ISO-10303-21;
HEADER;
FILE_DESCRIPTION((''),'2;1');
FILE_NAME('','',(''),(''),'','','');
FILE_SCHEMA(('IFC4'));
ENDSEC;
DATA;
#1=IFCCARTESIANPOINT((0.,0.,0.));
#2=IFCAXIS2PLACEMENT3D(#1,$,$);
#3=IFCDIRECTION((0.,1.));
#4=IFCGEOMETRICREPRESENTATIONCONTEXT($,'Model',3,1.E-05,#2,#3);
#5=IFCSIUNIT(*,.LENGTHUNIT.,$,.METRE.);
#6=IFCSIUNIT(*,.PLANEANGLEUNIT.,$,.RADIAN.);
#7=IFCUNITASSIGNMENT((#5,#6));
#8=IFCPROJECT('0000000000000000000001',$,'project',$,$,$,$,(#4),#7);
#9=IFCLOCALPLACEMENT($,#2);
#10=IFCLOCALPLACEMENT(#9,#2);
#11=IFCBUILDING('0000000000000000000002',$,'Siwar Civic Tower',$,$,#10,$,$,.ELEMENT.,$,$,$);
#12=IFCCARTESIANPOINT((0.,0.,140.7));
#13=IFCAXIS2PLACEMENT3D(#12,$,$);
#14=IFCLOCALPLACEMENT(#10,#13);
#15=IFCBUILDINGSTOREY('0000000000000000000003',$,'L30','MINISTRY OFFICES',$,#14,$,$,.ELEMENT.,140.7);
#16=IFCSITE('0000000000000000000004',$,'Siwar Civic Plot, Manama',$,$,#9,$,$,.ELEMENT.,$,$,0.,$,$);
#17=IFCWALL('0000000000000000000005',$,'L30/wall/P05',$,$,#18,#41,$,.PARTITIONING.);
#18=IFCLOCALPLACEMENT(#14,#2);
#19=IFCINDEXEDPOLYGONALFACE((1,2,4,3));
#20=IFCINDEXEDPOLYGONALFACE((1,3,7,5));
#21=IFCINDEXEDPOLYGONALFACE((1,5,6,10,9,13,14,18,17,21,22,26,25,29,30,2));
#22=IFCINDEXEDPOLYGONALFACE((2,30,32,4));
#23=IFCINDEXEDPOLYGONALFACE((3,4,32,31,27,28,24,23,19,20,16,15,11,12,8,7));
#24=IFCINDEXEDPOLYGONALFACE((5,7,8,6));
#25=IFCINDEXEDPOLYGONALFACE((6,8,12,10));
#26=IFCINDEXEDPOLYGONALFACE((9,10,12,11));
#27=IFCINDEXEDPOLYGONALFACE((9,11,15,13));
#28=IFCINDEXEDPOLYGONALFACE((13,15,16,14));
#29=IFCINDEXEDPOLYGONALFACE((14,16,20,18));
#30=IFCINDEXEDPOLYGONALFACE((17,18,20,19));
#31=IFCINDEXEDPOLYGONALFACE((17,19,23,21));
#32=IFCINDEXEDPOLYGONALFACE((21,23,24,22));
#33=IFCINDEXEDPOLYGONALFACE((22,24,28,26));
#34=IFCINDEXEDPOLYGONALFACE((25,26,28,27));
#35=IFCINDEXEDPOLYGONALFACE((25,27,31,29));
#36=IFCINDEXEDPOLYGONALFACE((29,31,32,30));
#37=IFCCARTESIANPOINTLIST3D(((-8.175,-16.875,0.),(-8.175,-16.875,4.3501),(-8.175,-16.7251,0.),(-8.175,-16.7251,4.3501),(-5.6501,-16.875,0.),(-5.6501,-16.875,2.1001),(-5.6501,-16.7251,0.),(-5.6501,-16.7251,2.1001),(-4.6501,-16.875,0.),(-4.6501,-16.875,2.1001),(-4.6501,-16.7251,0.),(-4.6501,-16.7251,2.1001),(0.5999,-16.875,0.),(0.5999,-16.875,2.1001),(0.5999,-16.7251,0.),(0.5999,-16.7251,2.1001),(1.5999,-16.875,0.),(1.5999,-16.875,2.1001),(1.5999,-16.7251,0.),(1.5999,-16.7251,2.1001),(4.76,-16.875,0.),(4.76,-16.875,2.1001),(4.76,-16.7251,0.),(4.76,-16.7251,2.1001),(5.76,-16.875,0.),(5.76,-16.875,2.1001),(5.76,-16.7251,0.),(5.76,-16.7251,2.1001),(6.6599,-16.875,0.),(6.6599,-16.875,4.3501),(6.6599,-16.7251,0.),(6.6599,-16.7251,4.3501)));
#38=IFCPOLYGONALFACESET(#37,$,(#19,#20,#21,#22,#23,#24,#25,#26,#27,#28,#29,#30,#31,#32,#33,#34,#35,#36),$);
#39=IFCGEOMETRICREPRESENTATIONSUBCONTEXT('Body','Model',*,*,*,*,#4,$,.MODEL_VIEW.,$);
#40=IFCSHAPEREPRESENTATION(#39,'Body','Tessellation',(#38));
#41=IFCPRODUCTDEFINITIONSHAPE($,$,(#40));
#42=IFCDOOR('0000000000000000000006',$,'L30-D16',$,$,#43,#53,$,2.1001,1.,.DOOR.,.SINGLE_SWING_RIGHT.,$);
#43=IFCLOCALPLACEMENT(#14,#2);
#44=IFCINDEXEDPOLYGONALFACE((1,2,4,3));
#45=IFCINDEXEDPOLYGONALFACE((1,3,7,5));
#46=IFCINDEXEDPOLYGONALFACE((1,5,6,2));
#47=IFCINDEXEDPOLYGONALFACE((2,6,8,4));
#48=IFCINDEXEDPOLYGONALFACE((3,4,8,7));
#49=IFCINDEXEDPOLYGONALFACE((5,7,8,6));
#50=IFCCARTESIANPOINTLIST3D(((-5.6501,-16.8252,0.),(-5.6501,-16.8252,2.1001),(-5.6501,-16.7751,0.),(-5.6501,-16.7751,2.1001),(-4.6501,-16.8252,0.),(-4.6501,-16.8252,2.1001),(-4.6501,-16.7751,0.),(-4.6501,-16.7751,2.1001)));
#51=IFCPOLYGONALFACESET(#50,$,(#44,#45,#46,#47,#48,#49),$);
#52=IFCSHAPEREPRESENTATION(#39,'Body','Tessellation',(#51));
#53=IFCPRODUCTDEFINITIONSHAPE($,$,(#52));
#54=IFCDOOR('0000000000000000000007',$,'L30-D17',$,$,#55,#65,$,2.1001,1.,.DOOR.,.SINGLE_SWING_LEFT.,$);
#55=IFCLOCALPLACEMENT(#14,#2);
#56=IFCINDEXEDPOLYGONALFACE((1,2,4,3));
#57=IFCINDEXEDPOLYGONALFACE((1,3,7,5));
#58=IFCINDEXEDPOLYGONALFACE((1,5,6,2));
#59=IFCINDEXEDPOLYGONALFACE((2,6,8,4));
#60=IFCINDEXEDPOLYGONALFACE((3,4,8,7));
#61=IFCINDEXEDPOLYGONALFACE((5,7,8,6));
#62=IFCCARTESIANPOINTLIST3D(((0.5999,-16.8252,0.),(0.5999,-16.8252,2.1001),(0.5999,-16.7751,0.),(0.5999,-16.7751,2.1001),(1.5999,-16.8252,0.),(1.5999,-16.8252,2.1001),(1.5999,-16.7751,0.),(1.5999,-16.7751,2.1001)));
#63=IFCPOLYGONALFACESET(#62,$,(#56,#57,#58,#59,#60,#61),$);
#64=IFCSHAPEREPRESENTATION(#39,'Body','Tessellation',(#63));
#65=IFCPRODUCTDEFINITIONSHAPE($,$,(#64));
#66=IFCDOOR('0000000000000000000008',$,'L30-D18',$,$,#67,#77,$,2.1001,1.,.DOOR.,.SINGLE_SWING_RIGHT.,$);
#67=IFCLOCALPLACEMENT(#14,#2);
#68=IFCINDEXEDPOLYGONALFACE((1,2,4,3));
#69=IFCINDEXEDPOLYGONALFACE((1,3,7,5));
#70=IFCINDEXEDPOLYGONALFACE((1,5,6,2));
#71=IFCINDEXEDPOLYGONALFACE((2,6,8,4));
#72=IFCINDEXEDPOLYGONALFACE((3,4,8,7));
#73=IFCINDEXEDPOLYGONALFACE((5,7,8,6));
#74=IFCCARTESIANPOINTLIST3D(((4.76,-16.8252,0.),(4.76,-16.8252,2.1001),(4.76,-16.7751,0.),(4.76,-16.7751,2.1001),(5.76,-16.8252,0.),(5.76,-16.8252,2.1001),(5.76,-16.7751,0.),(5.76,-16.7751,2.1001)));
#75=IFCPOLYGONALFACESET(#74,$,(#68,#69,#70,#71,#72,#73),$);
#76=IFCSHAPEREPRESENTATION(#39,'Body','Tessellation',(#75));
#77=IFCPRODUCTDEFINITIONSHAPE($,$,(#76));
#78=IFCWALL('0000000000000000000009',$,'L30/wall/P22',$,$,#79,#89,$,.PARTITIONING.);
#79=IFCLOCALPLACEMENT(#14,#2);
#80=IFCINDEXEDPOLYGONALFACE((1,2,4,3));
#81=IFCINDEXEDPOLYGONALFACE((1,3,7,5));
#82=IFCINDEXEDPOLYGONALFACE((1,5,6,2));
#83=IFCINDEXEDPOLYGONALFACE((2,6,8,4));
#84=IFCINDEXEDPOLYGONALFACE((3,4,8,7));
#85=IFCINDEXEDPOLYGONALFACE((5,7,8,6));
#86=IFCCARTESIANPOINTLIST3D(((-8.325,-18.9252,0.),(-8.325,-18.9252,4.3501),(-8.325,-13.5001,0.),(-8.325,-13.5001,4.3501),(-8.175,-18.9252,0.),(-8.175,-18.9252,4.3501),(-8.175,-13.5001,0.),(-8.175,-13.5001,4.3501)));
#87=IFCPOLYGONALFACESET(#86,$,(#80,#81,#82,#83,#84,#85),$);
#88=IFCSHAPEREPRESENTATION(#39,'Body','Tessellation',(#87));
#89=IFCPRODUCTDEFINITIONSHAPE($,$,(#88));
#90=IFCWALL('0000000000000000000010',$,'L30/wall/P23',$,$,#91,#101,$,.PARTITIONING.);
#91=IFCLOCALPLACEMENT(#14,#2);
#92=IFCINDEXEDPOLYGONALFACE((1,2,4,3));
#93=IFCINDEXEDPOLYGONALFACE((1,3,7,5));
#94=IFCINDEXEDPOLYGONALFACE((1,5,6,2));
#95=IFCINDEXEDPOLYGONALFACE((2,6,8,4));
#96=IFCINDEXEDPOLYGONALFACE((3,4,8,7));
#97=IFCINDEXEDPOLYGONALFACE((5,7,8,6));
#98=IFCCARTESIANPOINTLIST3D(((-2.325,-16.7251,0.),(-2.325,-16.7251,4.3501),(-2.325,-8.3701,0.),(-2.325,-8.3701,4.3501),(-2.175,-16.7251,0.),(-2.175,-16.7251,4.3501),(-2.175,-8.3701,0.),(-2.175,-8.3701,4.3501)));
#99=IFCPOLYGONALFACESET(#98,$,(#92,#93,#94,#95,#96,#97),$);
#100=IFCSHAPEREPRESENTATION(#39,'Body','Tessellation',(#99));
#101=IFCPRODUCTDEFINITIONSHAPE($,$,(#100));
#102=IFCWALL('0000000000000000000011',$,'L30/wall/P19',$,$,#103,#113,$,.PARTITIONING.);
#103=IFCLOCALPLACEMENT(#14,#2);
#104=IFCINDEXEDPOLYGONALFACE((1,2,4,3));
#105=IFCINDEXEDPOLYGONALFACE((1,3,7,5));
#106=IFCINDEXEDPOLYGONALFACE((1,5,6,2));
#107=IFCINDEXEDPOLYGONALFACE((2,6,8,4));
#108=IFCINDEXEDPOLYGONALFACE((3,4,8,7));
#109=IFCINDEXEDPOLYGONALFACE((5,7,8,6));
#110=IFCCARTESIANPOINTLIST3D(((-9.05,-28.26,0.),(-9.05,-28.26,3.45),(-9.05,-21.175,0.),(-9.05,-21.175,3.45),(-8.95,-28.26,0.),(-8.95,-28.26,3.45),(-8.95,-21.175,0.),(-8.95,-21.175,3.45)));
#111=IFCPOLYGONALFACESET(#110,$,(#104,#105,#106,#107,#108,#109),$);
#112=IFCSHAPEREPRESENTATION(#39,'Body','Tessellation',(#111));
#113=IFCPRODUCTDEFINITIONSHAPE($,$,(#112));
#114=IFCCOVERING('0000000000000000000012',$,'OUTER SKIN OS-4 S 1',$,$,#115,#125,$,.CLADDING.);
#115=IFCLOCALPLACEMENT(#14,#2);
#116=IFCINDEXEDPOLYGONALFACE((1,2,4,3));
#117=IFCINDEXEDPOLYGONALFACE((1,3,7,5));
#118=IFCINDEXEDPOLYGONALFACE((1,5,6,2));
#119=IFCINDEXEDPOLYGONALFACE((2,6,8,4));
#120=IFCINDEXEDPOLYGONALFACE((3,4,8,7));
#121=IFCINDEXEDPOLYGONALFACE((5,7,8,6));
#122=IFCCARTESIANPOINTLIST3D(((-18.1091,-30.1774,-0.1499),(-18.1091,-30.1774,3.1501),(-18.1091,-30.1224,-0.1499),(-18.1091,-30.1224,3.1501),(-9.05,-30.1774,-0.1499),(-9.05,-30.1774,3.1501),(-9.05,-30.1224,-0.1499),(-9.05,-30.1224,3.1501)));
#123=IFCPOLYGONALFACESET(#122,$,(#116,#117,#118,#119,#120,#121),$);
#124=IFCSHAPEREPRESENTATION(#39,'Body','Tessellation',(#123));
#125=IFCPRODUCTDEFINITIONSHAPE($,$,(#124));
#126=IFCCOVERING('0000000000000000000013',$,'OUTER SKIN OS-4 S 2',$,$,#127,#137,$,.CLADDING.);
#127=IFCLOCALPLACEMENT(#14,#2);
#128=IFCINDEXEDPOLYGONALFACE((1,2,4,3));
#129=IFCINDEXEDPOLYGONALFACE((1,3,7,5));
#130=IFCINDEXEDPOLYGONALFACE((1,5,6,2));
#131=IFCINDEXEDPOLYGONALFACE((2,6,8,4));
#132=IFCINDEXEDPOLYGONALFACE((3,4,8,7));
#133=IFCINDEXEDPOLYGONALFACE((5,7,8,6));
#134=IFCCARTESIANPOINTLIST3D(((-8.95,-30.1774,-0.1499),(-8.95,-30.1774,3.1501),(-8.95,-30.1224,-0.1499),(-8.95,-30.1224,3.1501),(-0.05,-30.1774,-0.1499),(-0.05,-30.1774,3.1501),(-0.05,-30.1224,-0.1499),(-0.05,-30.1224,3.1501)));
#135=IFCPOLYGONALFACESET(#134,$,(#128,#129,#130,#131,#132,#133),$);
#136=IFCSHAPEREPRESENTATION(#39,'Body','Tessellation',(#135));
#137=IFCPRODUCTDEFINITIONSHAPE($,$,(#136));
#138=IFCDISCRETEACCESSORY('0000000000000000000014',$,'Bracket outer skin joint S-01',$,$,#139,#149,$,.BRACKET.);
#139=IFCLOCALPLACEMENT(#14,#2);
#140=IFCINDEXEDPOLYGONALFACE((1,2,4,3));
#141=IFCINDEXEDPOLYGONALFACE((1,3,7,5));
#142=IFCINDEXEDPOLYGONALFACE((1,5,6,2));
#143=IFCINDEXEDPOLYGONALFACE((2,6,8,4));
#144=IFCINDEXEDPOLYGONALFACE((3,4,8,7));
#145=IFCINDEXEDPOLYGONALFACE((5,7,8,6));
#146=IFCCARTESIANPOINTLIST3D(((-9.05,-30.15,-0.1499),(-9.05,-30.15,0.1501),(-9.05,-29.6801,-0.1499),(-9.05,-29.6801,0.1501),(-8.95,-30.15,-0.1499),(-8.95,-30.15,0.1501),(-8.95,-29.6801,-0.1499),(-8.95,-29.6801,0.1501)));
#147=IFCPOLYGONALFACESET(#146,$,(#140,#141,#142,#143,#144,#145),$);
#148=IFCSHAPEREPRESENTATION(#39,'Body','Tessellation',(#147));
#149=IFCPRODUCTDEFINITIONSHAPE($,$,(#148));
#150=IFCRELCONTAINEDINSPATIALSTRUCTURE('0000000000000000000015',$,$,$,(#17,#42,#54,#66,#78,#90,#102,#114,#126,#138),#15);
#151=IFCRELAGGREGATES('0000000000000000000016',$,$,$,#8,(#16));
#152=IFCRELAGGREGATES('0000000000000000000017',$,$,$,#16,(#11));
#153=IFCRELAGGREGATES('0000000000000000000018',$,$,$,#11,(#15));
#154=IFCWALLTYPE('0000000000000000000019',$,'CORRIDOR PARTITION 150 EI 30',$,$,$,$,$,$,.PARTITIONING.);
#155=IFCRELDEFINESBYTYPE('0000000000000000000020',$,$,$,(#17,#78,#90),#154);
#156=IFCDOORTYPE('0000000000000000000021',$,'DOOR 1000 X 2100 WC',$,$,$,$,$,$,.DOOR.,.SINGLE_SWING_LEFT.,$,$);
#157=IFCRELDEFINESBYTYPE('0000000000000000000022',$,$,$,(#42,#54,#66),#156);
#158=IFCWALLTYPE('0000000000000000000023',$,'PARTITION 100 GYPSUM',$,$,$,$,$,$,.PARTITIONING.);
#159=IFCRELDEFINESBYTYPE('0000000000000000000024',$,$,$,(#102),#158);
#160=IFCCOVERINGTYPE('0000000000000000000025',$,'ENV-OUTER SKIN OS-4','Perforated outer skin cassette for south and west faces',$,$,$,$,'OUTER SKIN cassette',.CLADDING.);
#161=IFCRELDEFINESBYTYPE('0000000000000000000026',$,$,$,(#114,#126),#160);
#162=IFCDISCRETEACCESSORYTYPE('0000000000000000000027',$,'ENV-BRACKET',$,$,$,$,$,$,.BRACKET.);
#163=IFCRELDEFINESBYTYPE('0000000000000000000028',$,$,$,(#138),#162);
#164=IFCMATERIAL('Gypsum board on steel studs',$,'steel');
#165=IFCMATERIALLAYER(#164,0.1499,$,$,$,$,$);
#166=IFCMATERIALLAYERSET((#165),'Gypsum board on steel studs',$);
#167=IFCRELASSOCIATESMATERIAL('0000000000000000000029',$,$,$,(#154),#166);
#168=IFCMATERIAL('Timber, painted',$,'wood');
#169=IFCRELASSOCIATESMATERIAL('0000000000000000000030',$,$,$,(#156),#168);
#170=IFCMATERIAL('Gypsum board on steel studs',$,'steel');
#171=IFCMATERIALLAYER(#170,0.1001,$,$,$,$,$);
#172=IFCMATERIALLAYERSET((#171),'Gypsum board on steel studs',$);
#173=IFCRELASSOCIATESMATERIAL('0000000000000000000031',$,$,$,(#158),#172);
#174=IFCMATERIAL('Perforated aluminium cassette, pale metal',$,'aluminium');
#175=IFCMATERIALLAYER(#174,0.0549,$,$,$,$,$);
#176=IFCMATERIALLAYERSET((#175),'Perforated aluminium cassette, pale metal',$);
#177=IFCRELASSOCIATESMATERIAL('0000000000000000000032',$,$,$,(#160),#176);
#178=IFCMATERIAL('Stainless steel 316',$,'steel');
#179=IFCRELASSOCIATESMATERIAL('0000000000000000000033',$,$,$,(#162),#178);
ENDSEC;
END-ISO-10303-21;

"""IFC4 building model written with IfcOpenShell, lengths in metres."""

from ifc_helpers import new_model, si_unit, direction, frame, frame_2d, origin, origin_2d, place, context, subcontext, project, spatial, rectangle, extrude, material, layer, layer_set, type_object, element, fill, save


model = new_model("IFC4")

# Units and contexts
model_context = context("Model", 3, precision=1e-05, world=origin(), true_north=direction((0.0, 1.0)))
body_context = subcontext(model_context, "Body", "Model", "MODEL_VIEW")
ifc_project = project(units=[si_unit("LENGTHUNIT", "METRE"), si_unit("PLANEANGLEUNIT", "RADIAN")], contexts=[model_context])

# Site, building, storey
site_placement = place(None, origin())
site = spatial("IfcSite", under=ifc_project, at=site_placement, Name="Siwar Civic Plot, Manama", CompositionType="ELEMENT", RefElevation=0.0)
building_placement = place(site_placement, origin())
building = spatial("IfcBuilding", under=site, at=building_placement, Name="Siwar Civic Tower", CompositionType="ELEMENT")
storey_placement = place(building_placement, frame((0.0, 0.0, 140.7)))
storey = spatial("IfcBuildingStorey", under=building, at=storey_placement, Name="L30", Description="MINISTRY OFFICES", CompositionType="ELEMENT", Elevation=140.7)

# Wall, openings, doors
ifc_material_1 = material(Name="Gypsum board on steel studs", Category="steel")
ifc_layer_1 = layer(ifc_material_1, 0.1499)
ifc_layer_set_1 = layer_set([ifc_layer_1], Name="Gypsum board on steel studs")
wall_type_1 = type_object("IfcWallType", Name="CORRIDOR PARTITION 150 EI 30", PredefinedType="PARTITIONING", material=ifc_layer_set_1)
wall_1_placement = place(storey_placement, frame((-8.175, -16.8, 0.0), z_axis=(0.0, 0.0, 1.0), x_axis=(1.0, 0.0, 0.0)))
wall_1 = element("IfcWall", 1, at=wall_1_placement, inside=storey, type_object=wall_type_1, Name="L30/wall/P05", PredefinedType="PARTITIONING", context=body_context, shape_type="SweptSolid", body=[
    extrude(rectangle(XDim=14.835, YDim=0.1499, at=frame_2d((7.4175, 0.0))), origin(), (0.0, 0.0, 1.0), 4.3501),
])
opening_1_placement = place(wall_1_placement, frame((2.5249, 0.0, 0.0)))
opening_1 = element("IfcOpeningElement", 2, at=opening_1_placement, cuts=wall_1, PredefinedType="OPENING", context=body_context, shape_type="SweptSolid", body=[
    extrude(rectangle(XDim=1.0, YDim=2.1001, at=frame_2d((0.5, 1.05))), frame((0.0, 0.085, 0.0), z_axis=(0.0, -1.0, 0.0), x_axis=(1.0, 0.0, 0.0)), (0.0, 0.0, 1.0), 0.1699),
])
opening_2_placement = place(wall_1_placement, frame((8.7749, 0.0, 0.0)))
opening_2 = element("IfcOpeningElement", 3, at=opening_2_placement, cuts=wall_1, PredefinedType="OPENING", context=body_context, shape_type="SweptSolid", body=[
    extrude(rectangle(XDim=1.0, YDim=2.1001, at=frame_2d((0.5, 1.05))), frame((0.0, 0.085, 0.0), z_axis=(0.0, -1.0, 0.0), x_axis=(1.0, 0.0, 0.0)), (0.0, 0.0, 1.0), 0.1699),
])
opening_3_placement = place(wall_1_placement, frame((12.9351, 0.0, 0.0)))
opening_3 = element("IfcOpeningElement", 4, at=opening_3_placement, cuts=wall_1, PredefinedType="OPENING", context=body_context, shape_type="SweptSolid", body=[
    extrude(rectangle(XDim=1.0, YDim=2.1001, at=frame_2d((0.5, 1.05))), frame((0.0, 0.085, 0.0), z_axis=(0.0, -1.0, 0.0), x_axis=(1.0, 0.0, 0.0)), (0.0, 0.0, 1.0), 0.1699),
])
ifc_material_2 = material(Name="Timber, painted", Category="wood")
door_type = type_object("IfcDoorType", Name="DOOR 1000 X 2100 WC", OperationType="SINGLE_SWING_LEFT", PredefinedType="DOOR", material=ifc_material_2)
door_1_placement = place(opening_1_placement, origin())
door_1 = element("IfcDoor", 5, at=door_1_placement, inside=storey, type_object=door_type, Name="L30-D16", OperationType="SINGLE_SWING_RIGHT", OverallHeight=2.1001, OverallWidth=1.0, PredefinedType="DOOR", context=body_context, shape_type="SweptSolid", body=[
    extrude(rectangle(XDim=1.0, YDim=2.1001, at=frame_2d((0.5, 1.05))), frame((0.0, 0.0249, 0.0), z_axis=(0.0, -1.0, 0.0), x_axis=(1.0, 0.0, 0.0)), (0.0, 0.0, 1.0), 0.05),
])
fill(opening_1, door_1)
door_2_placement = place(opening_2_placement, origin())
door_2 = element("IfcDoor", 6, at=door_2_placement, inside=storey, type_object=door_type, Name="L30-D17", OperationType="SINGLE_SWING_LEFT", OverallHeight=2.1001, OverallWidth=1.0, PredefinedType="DOOR", context=body_context, shape_type="SweptSolid", body=[
    extrude(rectangle(XDim=1.0, YDim=2.1001, at=frame_2d((0.5, 1.05))), frame((0.0, 0.0249, 0.0), z_axis=(0.0, -1.0, 0.0), x_axis=(1.0, 0.0, 0.0)), (0.0, 0.0, 1.0), 0.05),
])
fill(opening_2, door_2)
door_3_placement = place(opening_3_placement, origin())
door_3 = element("IfcDoor", 7, at=door_3_placement, inside=storey, type_object=door_type, Name="L30-D18", OperationType="SINGLE_SWING_RIGHT", OverallHeight=2.1001, OverallWidth=1.0, PredefinedType="DOOR", context=body_context, shape_type="SweptSolid", body=[
    extrude(rectangle(XDim=1.0, YDim=2.1001, at=frame_2d((0.5, 1.05))), frame((0.0, 0.0249, 0.0), z_axis=(0.0, -1.0, 0.0), x_axis=(1.0, 0.0, 0.0)), (0.0, 0.0, 1.0), 0.05),
])
fill(opening_3, door_3)

# Walls
wall_2_placement = place(storey_placement, frame((-8.25, -18.925, 0.0), z_axis=(0.0, 0.0, 1.0), x_axis=(0.0, 1.0, 0.0)))
element("IfcWall", 8, at=wall_2_placement, inside=storey, type_object=wall_type_1, Name="L30/wall/P22", PredefinedType="PARTITIONING", context=body_context, shape_type="SweptSolid", body=[
    extrude(rectangle(XDim=5.425, YDim=0.1499, at=frame_2d((2.7124, 0.0))), origin(), (0.0, 0.0, 1.0), 4.3501),
])
wall_3_placement = place(storey_placement, frame((-2.25, -16.7251, 0.0), z_axis=(0.0, 0.0, 1.0), x_axis=(0.0, 1.0, 0.0)))
element("IfcWall", 9, at=wall_3_placement, inside=storey, type_object=wall_type_1, Name="L30/wall/P23", PredefinedType="PARTITIONING", context=body_context, shape_type="SweptSolid", body=[
    extrude(rectangle(XDim=8.355, YDim=0.1499, at=frame_2d((4.1775, 0.0))), origin(), (0.0, 0.0, 1.0), 4.3501),
])
ifc_material_3 = material(Name="Gypsum board on steel studs", Category="steel")
ifc_layer_2 = layer(ifc_material_3, 0.1001)
ifc_layer_set_2 = layer_set([ifc_layer_2], Name="Gypsum board on steel studs")
wall_type_2 = type_object("IfcWallType", Name="PARTITION 100 GYPSUM", PredefinedType="PARTITIONING", material=ifc_layer_set_2)
wall_4_placement = place(storey_placement, frame((-9.0, -28.26, 0.0), z_axis=(0.0, 0.0, 1.0), x_axis=(0.0, 1.0, 0.0)))
element("IfcWall", 10, at=wall_4_placement, inside=storey, type_object=wall_type_2, Name="L30/wall/P19", PredefinedType="PARTITIONING", context=body_context, shape_type="SweptSolid", body=[
    extrude(rectangle(XDim=7.085, YDim=0.1001, at=frame_2d((3.5425, 0.0))), origin(), (0.0, 0.0, 1.0), 3.45),
])

# Coverings
ifc_material_4 = material(Name="Perforated aluminium cassette, pale metal", Category="aluminium")
ifc_layer_3 = layer(ifc_material_4, 0.0549)
ifc_layer_set_3 = layer_set([ifc_layer_3], Name="Perforated aluminium cassette, pale metal")
covering_type = type_object("IfcCoveringType", Name="ENV-OUTER SKIN OS-4", Description="Perforated outer skin cassette for south and west faces", ElementType="OUTER SKIN cassette", PredefinedType="CLADDING", material=ifc_layer_set_3)
covering_1_placement = place(storey_placement, frame((-13.5796, -30.1499, -0.1499), z_axis=(0.0, 0.0, 1.0), x_axis=(1.0, 0.0, 0.0)))
element("IfcCovering", 11, at=covering_1_placement, inside=storey, type_object=covering_type, Name="OUTER SKIN OS-4 S 1", PredefinedType="CLADDING", context=body_context, shape_type="SweptSolid", body=[
    extrude(rectangle(XDim=9.0591, YDim=0.0549, at=origin_2d()), origin(), (0.0, 0.0, 1.0), 3.3),
])
covering_2_placement = place(storey_placement, frame((-4.5, -30.1499, -0.1499), z_axis=(0.0, 0.0, 1.0), x_axis=(1.0, 0.0, 0.0)))
element("IfcCovering", 12, at=covering_2_placement, inside=storey, type_object=covering_type, Name="OUTER SKIN OS-4 S 2", PredefinedType="CLADDING", context=body_context, shape_type="SweptSolid", body=[
    extrude(rectangle(XDim=8.8999, YDim=0.0549, at=origin_2d()), origin(), (0.0, 0.0, 1.0), 3.3),
])

# Discrete accessory
ifc_material_5 = material(Name="Stainless steel 316", Category="steel")
discrete_accessory_type = type_object("IfcDiscreteAccessoryType", Name="ENV-BRACKET", PredefinedType="BRACKET", material=ifc_material_5)
discrete_accessory_placement = place(storey_placement, frame((-9.0, -29.915, -0.1499), z_axis=(0.0, 0.0, 1.0), x_axis=(0.0, -1.0, 0.0)))
element("IfcDiscreteAccessory", 13, at=discrete_accessory_placement, inside=storey, type_object=discrete_accessory_type, Name="Bracket outer skin joint S-01", PredefinedType="BRACKET", context=body_context, shape_type="SweptSolid", body=[
    extrude(rectangle(XDim=0.47, YDim=0.1001, at=origin_2d()), origin(), (0.0, 0.0, 1.0), 0.3),
])

save(model, "model.ifc")
